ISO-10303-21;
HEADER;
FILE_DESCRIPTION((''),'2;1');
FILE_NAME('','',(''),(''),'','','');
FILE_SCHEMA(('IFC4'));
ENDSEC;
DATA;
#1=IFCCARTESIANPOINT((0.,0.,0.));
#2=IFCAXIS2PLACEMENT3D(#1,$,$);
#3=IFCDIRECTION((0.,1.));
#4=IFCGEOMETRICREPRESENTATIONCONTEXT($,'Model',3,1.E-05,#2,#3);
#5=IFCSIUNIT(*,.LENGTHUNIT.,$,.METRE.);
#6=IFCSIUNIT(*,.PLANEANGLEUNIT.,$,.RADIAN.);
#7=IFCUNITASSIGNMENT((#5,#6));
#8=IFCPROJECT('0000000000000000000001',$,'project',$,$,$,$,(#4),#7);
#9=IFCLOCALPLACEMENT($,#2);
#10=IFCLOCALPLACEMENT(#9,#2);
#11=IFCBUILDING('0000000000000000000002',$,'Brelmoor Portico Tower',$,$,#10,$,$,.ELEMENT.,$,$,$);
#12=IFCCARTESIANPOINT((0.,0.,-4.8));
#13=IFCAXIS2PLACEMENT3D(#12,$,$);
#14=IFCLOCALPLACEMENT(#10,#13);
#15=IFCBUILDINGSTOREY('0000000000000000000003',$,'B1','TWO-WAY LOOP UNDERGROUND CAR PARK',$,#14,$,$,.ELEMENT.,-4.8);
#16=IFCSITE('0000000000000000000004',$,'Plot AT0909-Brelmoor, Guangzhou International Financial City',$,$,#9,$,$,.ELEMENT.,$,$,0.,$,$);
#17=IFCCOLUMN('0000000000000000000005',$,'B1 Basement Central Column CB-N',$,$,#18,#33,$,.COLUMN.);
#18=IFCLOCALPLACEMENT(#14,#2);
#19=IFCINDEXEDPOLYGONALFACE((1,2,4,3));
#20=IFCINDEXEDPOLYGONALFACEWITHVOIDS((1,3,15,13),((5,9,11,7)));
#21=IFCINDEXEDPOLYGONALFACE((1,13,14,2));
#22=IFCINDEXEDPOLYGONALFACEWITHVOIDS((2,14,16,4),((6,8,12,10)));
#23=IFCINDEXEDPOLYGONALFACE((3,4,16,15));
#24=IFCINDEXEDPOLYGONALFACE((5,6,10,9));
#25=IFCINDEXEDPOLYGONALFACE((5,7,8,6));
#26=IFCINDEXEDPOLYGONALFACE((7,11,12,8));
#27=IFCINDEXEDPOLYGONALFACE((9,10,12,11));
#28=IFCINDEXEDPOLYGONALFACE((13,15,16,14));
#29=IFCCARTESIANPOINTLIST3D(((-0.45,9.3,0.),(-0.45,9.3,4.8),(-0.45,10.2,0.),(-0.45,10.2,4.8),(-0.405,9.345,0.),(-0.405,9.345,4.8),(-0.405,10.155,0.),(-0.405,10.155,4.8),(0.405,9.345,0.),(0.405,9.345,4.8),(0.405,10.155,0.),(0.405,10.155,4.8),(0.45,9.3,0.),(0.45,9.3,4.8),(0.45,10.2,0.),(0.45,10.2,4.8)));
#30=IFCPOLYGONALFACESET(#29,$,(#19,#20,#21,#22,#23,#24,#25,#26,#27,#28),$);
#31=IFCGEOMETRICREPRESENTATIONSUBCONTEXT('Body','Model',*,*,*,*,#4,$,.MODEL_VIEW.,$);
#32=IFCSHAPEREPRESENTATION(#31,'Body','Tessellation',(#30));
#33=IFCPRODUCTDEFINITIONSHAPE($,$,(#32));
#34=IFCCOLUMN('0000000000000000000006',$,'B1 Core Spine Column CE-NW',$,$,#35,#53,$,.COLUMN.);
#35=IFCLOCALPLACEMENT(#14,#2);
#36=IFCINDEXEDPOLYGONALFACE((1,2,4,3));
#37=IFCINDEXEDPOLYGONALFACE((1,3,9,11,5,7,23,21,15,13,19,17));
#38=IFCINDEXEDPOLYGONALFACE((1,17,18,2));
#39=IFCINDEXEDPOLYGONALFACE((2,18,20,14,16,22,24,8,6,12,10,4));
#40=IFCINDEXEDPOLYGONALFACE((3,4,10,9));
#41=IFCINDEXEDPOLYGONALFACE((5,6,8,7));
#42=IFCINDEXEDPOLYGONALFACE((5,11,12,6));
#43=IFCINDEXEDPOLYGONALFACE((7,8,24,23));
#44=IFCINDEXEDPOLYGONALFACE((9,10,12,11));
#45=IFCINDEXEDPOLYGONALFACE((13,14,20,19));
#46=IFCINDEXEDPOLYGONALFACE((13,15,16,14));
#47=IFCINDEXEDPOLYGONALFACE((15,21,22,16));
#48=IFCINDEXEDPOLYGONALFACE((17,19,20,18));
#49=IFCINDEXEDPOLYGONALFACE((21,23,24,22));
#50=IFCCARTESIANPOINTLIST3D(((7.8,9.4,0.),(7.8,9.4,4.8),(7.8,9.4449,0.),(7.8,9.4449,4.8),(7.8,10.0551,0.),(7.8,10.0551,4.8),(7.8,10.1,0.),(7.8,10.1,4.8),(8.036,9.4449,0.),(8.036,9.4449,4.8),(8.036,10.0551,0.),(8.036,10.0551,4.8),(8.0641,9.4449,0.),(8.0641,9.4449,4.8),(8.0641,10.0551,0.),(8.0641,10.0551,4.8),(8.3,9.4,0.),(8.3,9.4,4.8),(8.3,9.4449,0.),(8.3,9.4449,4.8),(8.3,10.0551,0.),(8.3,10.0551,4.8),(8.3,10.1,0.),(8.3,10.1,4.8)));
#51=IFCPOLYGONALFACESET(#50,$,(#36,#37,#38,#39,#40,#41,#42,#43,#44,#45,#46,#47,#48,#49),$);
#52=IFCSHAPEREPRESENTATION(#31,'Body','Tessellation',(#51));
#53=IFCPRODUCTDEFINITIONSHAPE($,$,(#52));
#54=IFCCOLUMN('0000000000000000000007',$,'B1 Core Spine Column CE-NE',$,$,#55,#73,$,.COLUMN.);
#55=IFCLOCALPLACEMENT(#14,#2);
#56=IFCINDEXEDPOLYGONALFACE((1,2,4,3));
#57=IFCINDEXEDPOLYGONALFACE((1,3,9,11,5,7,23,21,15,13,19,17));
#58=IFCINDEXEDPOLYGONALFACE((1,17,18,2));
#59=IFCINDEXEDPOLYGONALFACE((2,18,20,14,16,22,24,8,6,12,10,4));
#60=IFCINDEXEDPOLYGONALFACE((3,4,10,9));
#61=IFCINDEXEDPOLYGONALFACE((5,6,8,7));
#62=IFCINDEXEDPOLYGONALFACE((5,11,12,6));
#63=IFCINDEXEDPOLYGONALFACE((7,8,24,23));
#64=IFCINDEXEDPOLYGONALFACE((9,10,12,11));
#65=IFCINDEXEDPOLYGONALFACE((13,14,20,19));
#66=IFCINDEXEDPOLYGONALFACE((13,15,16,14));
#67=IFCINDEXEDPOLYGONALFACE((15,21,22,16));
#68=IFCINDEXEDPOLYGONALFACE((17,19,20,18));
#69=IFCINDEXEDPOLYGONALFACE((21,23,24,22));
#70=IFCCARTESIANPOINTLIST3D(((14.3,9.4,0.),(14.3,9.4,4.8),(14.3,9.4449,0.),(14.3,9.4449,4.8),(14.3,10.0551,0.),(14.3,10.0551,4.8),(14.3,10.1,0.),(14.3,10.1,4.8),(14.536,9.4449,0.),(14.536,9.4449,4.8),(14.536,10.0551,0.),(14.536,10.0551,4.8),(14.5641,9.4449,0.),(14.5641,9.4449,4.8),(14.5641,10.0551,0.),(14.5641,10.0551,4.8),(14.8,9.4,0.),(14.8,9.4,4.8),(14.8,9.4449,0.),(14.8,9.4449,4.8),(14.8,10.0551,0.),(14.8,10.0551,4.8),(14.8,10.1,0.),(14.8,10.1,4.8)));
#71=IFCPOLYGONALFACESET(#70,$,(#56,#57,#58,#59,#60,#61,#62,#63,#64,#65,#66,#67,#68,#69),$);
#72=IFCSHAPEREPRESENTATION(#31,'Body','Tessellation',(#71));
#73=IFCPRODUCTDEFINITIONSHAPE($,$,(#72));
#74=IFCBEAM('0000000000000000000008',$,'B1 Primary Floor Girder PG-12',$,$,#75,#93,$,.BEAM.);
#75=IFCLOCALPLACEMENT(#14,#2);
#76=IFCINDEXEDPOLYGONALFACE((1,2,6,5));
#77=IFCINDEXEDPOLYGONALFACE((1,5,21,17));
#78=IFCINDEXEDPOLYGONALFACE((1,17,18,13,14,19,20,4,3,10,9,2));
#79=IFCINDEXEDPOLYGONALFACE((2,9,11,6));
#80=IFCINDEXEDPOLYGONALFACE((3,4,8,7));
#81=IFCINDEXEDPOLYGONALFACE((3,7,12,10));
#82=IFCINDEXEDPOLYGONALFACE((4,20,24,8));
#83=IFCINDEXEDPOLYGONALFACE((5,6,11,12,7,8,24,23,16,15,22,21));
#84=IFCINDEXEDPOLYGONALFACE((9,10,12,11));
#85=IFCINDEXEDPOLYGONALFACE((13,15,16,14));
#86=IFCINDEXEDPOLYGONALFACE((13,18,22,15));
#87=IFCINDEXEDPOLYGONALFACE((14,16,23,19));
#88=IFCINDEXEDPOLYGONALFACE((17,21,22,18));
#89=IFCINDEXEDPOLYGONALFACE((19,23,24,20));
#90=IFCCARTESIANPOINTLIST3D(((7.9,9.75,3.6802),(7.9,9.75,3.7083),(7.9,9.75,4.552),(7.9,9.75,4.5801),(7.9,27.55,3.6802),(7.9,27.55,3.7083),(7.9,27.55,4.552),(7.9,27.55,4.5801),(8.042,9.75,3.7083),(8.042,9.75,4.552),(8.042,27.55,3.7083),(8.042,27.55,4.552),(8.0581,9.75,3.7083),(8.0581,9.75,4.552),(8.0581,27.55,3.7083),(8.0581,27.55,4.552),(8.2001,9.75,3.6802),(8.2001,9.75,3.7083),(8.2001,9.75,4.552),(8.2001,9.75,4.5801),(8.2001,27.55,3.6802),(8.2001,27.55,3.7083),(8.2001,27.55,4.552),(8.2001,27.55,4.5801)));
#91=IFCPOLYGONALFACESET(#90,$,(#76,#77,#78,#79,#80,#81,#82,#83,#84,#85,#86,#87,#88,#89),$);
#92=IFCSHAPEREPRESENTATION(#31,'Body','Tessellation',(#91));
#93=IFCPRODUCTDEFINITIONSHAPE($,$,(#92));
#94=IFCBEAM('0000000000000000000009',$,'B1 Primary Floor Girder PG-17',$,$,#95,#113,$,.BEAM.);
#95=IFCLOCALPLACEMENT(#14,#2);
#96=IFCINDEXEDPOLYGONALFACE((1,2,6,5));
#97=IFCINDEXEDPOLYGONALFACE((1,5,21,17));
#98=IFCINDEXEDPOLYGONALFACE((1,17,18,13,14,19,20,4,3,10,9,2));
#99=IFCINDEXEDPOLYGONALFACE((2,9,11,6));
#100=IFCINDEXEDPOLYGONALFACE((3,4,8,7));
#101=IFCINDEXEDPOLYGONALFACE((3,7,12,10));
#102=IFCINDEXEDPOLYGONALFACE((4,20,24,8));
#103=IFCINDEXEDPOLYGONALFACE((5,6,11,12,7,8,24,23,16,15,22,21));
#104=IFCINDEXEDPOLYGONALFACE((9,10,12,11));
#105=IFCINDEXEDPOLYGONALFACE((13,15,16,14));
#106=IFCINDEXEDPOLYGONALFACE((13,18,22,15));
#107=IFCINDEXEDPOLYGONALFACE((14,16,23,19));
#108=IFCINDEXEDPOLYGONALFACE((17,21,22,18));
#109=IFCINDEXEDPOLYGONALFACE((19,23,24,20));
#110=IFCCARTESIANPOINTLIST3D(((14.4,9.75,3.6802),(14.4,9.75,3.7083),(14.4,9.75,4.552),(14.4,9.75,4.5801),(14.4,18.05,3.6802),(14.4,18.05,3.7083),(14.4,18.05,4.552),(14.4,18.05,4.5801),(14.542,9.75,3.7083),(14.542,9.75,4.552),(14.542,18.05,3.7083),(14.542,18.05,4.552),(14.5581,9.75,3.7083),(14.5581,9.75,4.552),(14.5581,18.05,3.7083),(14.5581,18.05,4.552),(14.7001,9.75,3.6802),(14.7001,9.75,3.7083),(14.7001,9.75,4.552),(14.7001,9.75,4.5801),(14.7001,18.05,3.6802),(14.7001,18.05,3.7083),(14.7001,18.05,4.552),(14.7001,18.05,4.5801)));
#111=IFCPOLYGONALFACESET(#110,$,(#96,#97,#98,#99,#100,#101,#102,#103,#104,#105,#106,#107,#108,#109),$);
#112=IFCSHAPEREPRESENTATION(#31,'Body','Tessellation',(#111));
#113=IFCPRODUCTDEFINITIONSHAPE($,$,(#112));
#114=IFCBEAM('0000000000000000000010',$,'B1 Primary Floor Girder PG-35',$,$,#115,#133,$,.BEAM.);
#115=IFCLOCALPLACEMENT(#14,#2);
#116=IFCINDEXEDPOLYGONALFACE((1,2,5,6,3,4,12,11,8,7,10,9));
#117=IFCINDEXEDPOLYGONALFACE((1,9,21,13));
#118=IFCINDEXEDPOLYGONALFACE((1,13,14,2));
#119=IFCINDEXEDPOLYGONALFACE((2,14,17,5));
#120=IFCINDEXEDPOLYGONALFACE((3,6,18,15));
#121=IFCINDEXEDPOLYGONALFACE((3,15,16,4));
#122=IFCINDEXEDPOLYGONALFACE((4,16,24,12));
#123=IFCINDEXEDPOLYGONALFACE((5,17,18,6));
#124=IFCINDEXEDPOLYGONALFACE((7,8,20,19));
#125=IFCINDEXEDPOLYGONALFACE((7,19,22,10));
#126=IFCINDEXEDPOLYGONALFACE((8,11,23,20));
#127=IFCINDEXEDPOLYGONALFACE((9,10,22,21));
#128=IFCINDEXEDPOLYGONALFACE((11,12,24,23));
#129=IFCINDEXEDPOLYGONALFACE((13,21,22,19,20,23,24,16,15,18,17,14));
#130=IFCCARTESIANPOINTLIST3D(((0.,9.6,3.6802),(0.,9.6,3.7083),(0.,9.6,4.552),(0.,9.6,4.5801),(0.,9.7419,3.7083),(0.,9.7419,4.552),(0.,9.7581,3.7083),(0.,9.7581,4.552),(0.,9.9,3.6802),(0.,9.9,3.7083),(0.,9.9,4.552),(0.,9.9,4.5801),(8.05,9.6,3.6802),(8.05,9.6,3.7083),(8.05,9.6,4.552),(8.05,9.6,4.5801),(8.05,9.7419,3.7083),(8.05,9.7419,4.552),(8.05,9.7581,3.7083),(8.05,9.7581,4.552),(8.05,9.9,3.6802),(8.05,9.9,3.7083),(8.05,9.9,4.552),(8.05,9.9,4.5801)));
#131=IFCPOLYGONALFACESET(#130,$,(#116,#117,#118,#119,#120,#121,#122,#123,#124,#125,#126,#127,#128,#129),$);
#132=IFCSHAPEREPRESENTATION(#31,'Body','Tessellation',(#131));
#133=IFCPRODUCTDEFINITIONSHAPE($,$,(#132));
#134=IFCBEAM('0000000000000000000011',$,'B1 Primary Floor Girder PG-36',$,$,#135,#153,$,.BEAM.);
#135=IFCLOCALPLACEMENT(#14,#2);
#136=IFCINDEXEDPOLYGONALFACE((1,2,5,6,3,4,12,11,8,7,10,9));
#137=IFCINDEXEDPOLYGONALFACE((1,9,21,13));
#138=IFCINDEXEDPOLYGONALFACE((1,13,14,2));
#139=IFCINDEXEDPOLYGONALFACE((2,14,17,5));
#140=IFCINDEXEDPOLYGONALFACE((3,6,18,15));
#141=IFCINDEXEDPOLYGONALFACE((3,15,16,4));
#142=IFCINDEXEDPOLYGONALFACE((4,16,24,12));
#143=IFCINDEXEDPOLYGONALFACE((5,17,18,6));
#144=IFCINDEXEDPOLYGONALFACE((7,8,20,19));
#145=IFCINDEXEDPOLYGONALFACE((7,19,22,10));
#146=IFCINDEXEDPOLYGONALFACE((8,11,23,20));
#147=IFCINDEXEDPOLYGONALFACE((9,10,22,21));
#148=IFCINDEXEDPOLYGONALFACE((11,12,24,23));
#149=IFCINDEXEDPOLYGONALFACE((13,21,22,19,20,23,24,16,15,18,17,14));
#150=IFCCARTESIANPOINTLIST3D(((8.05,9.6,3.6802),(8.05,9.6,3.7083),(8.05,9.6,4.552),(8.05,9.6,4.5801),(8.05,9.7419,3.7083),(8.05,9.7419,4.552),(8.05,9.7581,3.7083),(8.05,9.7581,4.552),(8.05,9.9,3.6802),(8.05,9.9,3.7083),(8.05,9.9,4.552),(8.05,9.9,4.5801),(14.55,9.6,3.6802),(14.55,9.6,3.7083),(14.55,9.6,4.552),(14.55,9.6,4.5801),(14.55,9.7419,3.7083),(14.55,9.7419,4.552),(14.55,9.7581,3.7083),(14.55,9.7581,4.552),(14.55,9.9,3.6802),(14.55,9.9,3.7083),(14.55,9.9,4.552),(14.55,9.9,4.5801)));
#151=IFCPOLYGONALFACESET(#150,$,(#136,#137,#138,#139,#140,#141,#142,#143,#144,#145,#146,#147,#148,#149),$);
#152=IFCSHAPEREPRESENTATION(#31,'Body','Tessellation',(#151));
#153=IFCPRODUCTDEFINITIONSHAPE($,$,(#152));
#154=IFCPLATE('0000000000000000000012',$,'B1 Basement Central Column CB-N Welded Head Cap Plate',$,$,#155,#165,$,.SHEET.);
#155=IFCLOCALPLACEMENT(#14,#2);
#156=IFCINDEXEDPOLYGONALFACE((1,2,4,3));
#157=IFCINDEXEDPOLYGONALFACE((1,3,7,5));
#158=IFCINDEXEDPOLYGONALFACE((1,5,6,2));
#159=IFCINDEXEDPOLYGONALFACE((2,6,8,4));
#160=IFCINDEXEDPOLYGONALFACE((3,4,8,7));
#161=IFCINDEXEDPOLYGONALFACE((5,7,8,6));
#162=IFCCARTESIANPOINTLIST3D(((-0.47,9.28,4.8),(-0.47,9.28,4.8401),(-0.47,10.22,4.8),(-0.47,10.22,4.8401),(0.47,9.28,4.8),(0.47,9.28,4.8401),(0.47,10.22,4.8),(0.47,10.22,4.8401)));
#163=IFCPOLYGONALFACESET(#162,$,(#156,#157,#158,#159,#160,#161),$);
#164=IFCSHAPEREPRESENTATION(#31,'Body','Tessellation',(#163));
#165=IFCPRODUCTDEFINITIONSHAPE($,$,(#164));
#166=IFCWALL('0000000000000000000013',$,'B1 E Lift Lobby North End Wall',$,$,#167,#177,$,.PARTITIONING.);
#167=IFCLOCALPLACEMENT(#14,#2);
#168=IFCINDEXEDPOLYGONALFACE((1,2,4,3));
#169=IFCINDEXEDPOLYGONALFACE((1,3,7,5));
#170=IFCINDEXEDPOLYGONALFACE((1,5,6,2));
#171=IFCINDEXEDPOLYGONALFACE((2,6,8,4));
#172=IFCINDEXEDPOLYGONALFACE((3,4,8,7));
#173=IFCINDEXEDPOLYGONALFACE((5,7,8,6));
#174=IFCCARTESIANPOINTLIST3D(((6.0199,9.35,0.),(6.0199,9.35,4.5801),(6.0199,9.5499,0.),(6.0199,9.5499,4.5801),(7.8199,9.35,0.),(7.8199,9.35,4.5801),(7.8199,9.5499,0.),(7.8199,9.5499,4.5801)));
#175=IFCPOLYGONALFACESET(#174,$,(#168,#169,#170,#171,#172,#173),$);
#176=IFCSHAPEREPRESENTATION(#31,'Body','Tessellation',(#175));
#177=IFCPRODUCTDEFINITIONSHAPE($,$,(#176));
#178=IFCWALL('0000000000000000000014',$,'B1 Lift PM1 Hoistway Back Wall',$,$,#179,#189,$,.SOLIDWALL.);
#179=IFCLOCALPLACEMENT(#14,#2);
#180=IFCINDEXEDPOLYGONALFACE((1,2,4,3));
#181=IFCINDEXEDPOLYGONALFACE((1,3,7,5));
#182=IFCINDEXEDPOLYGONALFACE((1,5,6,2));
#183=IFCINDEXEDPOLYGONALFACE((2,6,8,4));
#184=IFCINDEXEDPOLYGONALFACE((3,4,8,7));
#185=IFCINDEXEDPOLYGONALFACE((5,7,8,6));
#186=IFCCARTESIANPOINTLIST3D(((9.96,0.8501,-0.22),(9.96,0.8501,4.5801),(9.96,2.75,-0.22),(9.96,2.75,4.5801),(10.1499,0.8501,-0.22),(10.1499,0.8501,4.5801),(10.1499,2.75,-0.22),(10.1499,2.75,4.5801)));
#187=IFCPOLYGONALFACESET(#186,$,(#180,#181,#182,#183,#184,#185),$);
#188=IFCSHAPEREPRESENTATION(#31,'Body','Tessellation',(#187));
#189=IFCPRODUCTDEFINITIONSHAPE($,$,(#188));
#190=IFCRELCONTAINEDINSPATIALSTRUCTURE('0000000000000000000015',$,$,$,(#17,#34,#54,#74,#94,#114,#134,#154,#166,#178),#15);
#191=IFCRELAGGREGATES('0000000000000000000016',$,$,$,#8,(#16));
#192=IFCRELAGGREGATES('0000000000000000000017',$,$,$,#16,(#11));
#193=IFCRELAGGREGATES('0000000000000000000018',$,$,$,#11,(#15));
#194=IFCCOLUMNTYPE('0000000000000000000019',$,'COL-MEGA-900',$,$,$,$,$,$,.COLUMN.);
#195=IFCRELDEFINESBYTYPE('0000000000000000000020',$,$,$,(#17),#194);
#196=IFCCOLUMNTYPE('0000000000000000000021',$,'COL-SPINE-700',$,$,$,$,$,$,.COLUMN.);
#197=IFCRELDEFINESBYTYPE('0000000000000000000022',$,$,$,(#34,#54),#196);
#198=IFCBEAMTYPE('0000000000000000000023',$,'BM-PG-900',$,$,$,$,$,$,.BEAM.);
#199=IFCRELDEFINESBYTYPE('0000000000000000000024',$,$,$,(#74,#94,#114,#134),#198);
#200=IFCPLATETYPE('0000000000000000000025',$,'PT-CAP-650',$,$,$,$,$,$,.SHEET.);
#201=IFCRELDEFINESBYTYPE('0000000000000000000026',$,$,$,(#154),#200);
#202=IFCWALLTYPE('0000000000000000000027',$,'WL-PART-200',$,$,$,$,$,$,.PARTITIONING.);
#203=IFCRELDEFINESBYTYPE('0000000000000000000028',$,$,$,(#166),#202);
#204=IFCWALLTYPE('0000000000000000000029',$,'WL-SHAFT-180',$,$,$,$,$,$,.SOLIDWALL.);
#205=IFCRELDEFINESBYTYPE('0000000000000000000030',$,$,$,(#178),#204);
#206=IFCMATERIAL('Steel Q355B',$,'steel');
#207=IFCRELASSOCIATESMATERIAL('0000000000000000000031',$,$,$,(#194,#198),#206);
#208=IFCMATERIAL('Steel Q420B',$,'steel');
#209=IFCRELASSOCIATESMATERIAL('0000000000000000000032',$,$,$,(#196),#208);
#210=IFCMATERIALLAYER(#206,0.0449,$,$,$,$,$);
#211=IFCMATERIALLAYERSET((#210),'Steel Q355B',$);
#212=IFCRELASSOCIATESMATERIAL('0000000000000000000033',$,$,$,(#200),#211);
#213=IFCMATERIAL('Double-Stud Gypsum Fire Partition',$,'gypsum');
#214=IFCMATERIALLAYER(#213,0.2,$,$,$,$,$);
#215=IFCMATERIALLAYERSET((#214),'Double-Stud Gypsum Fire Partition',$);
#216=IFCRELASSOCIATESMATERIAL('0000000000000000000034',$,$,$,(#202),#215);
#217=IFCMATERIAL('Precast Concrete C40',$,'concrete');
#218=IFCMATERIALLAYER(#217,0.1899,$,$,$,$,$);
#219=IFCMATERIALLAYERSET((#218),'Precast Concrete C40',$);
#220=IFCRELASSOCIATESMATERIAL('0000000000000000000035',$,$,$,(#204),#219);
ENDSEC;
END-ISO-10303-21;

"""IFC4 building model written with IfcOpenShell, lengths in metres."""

from ifc_helpers import new_model, si_unit, direction, frame, frame_2d, origin, origin_2d, place, context, subcontext, project, spatial, rectangle, hollow_rectangle, i_section, extrude, material, layer, layer_set, material_profile, profile_set, type_object, element, save


model = new_model("IFC4")

# Units and contexts
model_context = context("Model", 3, precision=1e-05, world=origin(), true_north=direction((0.0, 1.0)))
body_context = subcontext(model_context, "Body", "Model", "MODEL_VIEW")
ifc_project = project(units=[si_unit("LENGTHUNIT", "METRE"), si_unit("PLANEANGLEUNIT", "RADIAN")], contexts=[model_context])

# Site, building, storey
site_placement = place(None, origin())
site = spatial("IfcSite", under=ifc_project, at=site_placement, Name="Plot AT0909-Brelmoor, Guangzhou International Financial City", CompositionType="ELEMENT", RefElevation=0.0)
building_placement = place(site_placement, origin())
building = spatial("IfcBuilding", under=site, at=building_placement, Name="Brelmoor Portico Tower", CompositionType="ELEMENT")
storey_placement = place(building_placement, frame((0.0, 0.0, -4.8)))
storey = spatial("IfcBuildingStorey", under=building, at=storey_placement, Name="B1", Description="TWO-WAY LOOP UNDERGROUND CAR PARK", CompositionType="ELEMENT", Elevation=-4.8)

# Columns
ifc_material_1 = material(Name="Steel Q355B", Category="steel")
ifc_material_profile_1 = material_profile(ifc_material_1, hollow_rectangle(XDim=0.8999, YDim=0.8999, WallThickness=0.0449, at=origin_2d()), Name="BOX 900x900x45")
ifc_profile_set_1 = profile_set([ifc_material_profile_1], Name="Steel Q355B")
column_type_1 = type_object("IfcColumnType", Name="COL-MEGA-900", PredefinedType="COLUMN", material=ifc_profile_set_1)
column_placement = place(storey_placement, frame((0.0, 9.75, 0.0), z_axis=(0.0, 0.0, 1.0), x_axis=(1.0, 0.0, 0.0)))
element("IfcColumn", 1, at=column_placement, inside=storey, type_object=column_type_1, Name="B1 Basement Central Column CB-N", PredefinedType="COLUMN", context=body_context, shape_type="SweptSolid", body=[
    extrude(hollow_rectangle(XDim=0.8999, YDim=0.8999, WallThickness=0.0449, at=origin_2d()), origin(), (0.0, 0.0, 1.0), 4.8),
])
ifc_material_2 = material(Name="Steel Q420B", Category="steel")
ifc_material_profile_2 = material_profile(ifc_material_2, i_section(OverallWidth=0.5, OverallDepth=0.7, WebThickness=0.0281, FlangeThickness=0.0449, at=origin_2d()), Name="HW 700x500x28x45")
ifc_profile_set_2 = profile_set([ifc_material_profile_2], Name="Steel Q420B")
column_type_2 = type_object("IfcColumnType", Name="COL-SPINE-700", PredefinedType="COLUMN", material=ifc_profile_set_2)
for number, where, z_axis, x_axis, name in (
    (2, (8.05, 9.75, 0.0), (0.0, 0.0, 1.0), (1.0, 0.0, 0.0), "B1 Core Spine Column CE-NW"),
    (3, (14.55, 9.75, 0.0), (0.0, 0.0, 1.0), (1.0, 0.0, 0.0), "B1 Core Spine Column CE-NE"),
):
    element("IfcColumn", number, at=place(storey_placement, frame(where, z_axis=z_axis, x_axis=x_axis)), inside=storey, type_object=column_type_2, Name=name, PredefinedType="COLUMN", context=body_context, shape_type="SweptSolid", body=[
        extrude(i_section(OverallWidth=0.5, OverallDepth=0.7, WebThickness=0.0281, FlangeThickness=0.0449, at=origin_2d()), origin(), (0.0, 0.0, 1.0), 4.8),
    ])

# Beams
ifc_material_profile_3 = material_profile(ifc_material_1, i_section(OverallWidth=0.3, OverallDepth=0.8999, WebThickness=0.0161, FlangeThickness=0.0281, at=origin_2d()), Name="HN 900x300x16x28")
ifc_profile_set_3 = profile_set([ifc_material_profile_3], Name="Steel Q355B")
beam_type = type_object("IfcBeamType", Name="BM-PG-900", PredefinedType="BEAM", material=ifc_profile_set_3)
beam_1_placement = place(storey_placement, frame((8.05, 9.75, 4.1301), z_axis=(0.0, 1.0, 0.0), x_axis=(-1.0, 0.0, 0.0)))
element("IfcBeam", 4, at=beam_1_placement, inside=storey, type_object=beam_type, Name="B1 Primary Floor Girder PG-12", PredefinedType="BEAM", context=body_context, shape_type="SweptSolid", body=[
    extrude(i_section(OverallWidth=0.3, OverallDepth=0.8999, WebThickness=0.0161, FlangeThickness=0.0281, at=origin_2d()), origin(), (0.0, 0.0, 1.0), 17.8),
])
beam_2_placement = place(storey_placement, frame((14.55, 9.75, 4.1301), z_axis=(0.0, 1.0, 0.0), x_axis=(-1.0, 0.0, 0.0)))
element("IfcBeam", 5, at=beam_2_placement, inside=storey, type_object=beam_type, Name="B1 Primary Floor Girder PG-17", PredefinedType="BEAM", context=body_context, shape_type="SweptSolid", body=[
    extrude(i_section(OverallWidth=0.3, OverallDepth=0.8999, WebThickness=0.0161, FlangeThickness=0.0281, at=origin_2d()), origin(), (0.0, 0.0, 1.0), 8.3),
])
beam_3_placement = place(storey_placement, frame((0.0, 9.75, 4.1301), z_axis=(1.0, 0.0, 0.0), x_axis=(0.0, 1.0, 0.0)))
element("IfcBeam", 6, at=beam_3_placement, inside=storey, type_object=beam_type, Name="B1 Primary Floor Girder PG-35", PredefinedType="BEAM", context=body_context, shape_type="SweptSolid", body=[
    extrude(i_section(OverallWidth=0.3, OverallDepth=0.8999, WebThickness=0.0161, FlangeThickness=0.0281, at=origin_2d()), origin(), (0.0, 0.0, 1.0), 8.05),
])
beam_4_placement = place(storey_placement, frame((8.05, 9.75, 4.1301), z_axis=(1.0, 0.0, 0.0), x_axis=(0.0, 1.0, 0.0)))
element("IfcBeam", 7, at=beam_4_placement, inside=storey, type_object=beam_type, Name="B1 Primary Floor Girder PG-36", PredefinedType="BEAM", context=body_context, shape_type="SweptSolid", body=[
    extrude(i_section(OverallWidth=0.3, OverallDepth=0.8999, WebThickness=0.0161, FlangeThickness=0.0281, at=origin_2d()), origin(), (0.0, 0.0, 1.0), 6.5),
])

# Plate
ifc_layer_1 = layer(ifc_material_1, 0.0449)
ifc_layer_set_1 = layer_set([ifc_layer_1], Name="Steel Q355B")
plate_type = type_object("IfcPlateType", Name="PT-CAP-650", PredefinedType="SHEET", material=ifc_layer_set_1)
plate_placement = place(storey_placement, frame((0.0, 9.75, 4.8), z_axis=(0.0, 0.0, 1.0), x_axis=(1.0, 0.0, 0.0)))
element("IfcPlate", 8, at=plate_placement, inside=storey, type_object=plate_type, Name="B1 Basement Central Column CB-N Welded Head Cap Plate", PredefinedType="SHEET", context=body_context, shape_type="SweptSolid", body=[
    extrude(rectangle(XDim=0.9399, YDim=0.9399, at=origin_2d()), origin(), (0.0, 0.0, 1.0), 0.04),
])

# Walls
ifc_material_3 = material(Name="Double-Stud Gypsum Fire Partition", Category="gypsum")
ifc_layer_2 = layer(ifc_material_3, 0.2)
ifc_layer_set_2 = layer_set([ifc_layer_2], Name="Double-Stud Gypsum Fire Partition")
wall_type_1 = type_object("IfcWallType", Name="WL-PART-200", PredefinedType="PARTITIONING", material=ifc_layer_set_2)
wall_1_placement = place(storey_placement, frame((6.02, 9.45, 0.0), z_axis=(0.0, 0.0, 1.0), x_axis=(1.0, 0.0, 0.0)))
element("IfcWall", 9, at=wall_1_placement, inside=storey, type_object=wall_type_1, Name="B1 E Lift Lobby North End Wall", PredefinedType="PARTITIONING", context=body_context, shape_type="SweptSolid", body=[
    extrude(rectangle(XDim=1.8, YDim=0.2, at=frame_2d((0.8999, 0.0))), origin(), (0.0, 0.0, 1.0), 4.5801),
])
ifc_material_4 = material(Name="Precast Concrete C40", Category="concrete")
ifc_layer_3 = layer(ifc_material_4, 0.1899)
ifc_layer_set_3 = layer_set([ifc_layer_3], Name="Precast Concrete C40")
wall_type_2 = type_object("IfcWallType", Name="WL-SHAFT-180", PredefinedType="SOLIDWALL", material=ifc_layer_set_3)
wall_2_placement = place(storey_placement, frame((10.0549, 0.8501, -0.22), z_axis=(0.0, 0.0, 1.0), x_axis=(0.0, 1.0, 0.0)))
element("IfcWall", 10, at=wall_2_placement, inside=storey, type_object=wall_type_2, Name="B1 Lift PM1 Hoistway Back Wall", PredefinedType="SOLIDWALL", context=body_context, shape_type="SweptSolid", body=[
    extrude(rectangle(XDim=1.8999, YDim=0.1899, at=frame_2d((0.95, 0.0))), origin(), (0.0, 0.0, 1.0), 4.8),
])

save(model, "model.ifc")
